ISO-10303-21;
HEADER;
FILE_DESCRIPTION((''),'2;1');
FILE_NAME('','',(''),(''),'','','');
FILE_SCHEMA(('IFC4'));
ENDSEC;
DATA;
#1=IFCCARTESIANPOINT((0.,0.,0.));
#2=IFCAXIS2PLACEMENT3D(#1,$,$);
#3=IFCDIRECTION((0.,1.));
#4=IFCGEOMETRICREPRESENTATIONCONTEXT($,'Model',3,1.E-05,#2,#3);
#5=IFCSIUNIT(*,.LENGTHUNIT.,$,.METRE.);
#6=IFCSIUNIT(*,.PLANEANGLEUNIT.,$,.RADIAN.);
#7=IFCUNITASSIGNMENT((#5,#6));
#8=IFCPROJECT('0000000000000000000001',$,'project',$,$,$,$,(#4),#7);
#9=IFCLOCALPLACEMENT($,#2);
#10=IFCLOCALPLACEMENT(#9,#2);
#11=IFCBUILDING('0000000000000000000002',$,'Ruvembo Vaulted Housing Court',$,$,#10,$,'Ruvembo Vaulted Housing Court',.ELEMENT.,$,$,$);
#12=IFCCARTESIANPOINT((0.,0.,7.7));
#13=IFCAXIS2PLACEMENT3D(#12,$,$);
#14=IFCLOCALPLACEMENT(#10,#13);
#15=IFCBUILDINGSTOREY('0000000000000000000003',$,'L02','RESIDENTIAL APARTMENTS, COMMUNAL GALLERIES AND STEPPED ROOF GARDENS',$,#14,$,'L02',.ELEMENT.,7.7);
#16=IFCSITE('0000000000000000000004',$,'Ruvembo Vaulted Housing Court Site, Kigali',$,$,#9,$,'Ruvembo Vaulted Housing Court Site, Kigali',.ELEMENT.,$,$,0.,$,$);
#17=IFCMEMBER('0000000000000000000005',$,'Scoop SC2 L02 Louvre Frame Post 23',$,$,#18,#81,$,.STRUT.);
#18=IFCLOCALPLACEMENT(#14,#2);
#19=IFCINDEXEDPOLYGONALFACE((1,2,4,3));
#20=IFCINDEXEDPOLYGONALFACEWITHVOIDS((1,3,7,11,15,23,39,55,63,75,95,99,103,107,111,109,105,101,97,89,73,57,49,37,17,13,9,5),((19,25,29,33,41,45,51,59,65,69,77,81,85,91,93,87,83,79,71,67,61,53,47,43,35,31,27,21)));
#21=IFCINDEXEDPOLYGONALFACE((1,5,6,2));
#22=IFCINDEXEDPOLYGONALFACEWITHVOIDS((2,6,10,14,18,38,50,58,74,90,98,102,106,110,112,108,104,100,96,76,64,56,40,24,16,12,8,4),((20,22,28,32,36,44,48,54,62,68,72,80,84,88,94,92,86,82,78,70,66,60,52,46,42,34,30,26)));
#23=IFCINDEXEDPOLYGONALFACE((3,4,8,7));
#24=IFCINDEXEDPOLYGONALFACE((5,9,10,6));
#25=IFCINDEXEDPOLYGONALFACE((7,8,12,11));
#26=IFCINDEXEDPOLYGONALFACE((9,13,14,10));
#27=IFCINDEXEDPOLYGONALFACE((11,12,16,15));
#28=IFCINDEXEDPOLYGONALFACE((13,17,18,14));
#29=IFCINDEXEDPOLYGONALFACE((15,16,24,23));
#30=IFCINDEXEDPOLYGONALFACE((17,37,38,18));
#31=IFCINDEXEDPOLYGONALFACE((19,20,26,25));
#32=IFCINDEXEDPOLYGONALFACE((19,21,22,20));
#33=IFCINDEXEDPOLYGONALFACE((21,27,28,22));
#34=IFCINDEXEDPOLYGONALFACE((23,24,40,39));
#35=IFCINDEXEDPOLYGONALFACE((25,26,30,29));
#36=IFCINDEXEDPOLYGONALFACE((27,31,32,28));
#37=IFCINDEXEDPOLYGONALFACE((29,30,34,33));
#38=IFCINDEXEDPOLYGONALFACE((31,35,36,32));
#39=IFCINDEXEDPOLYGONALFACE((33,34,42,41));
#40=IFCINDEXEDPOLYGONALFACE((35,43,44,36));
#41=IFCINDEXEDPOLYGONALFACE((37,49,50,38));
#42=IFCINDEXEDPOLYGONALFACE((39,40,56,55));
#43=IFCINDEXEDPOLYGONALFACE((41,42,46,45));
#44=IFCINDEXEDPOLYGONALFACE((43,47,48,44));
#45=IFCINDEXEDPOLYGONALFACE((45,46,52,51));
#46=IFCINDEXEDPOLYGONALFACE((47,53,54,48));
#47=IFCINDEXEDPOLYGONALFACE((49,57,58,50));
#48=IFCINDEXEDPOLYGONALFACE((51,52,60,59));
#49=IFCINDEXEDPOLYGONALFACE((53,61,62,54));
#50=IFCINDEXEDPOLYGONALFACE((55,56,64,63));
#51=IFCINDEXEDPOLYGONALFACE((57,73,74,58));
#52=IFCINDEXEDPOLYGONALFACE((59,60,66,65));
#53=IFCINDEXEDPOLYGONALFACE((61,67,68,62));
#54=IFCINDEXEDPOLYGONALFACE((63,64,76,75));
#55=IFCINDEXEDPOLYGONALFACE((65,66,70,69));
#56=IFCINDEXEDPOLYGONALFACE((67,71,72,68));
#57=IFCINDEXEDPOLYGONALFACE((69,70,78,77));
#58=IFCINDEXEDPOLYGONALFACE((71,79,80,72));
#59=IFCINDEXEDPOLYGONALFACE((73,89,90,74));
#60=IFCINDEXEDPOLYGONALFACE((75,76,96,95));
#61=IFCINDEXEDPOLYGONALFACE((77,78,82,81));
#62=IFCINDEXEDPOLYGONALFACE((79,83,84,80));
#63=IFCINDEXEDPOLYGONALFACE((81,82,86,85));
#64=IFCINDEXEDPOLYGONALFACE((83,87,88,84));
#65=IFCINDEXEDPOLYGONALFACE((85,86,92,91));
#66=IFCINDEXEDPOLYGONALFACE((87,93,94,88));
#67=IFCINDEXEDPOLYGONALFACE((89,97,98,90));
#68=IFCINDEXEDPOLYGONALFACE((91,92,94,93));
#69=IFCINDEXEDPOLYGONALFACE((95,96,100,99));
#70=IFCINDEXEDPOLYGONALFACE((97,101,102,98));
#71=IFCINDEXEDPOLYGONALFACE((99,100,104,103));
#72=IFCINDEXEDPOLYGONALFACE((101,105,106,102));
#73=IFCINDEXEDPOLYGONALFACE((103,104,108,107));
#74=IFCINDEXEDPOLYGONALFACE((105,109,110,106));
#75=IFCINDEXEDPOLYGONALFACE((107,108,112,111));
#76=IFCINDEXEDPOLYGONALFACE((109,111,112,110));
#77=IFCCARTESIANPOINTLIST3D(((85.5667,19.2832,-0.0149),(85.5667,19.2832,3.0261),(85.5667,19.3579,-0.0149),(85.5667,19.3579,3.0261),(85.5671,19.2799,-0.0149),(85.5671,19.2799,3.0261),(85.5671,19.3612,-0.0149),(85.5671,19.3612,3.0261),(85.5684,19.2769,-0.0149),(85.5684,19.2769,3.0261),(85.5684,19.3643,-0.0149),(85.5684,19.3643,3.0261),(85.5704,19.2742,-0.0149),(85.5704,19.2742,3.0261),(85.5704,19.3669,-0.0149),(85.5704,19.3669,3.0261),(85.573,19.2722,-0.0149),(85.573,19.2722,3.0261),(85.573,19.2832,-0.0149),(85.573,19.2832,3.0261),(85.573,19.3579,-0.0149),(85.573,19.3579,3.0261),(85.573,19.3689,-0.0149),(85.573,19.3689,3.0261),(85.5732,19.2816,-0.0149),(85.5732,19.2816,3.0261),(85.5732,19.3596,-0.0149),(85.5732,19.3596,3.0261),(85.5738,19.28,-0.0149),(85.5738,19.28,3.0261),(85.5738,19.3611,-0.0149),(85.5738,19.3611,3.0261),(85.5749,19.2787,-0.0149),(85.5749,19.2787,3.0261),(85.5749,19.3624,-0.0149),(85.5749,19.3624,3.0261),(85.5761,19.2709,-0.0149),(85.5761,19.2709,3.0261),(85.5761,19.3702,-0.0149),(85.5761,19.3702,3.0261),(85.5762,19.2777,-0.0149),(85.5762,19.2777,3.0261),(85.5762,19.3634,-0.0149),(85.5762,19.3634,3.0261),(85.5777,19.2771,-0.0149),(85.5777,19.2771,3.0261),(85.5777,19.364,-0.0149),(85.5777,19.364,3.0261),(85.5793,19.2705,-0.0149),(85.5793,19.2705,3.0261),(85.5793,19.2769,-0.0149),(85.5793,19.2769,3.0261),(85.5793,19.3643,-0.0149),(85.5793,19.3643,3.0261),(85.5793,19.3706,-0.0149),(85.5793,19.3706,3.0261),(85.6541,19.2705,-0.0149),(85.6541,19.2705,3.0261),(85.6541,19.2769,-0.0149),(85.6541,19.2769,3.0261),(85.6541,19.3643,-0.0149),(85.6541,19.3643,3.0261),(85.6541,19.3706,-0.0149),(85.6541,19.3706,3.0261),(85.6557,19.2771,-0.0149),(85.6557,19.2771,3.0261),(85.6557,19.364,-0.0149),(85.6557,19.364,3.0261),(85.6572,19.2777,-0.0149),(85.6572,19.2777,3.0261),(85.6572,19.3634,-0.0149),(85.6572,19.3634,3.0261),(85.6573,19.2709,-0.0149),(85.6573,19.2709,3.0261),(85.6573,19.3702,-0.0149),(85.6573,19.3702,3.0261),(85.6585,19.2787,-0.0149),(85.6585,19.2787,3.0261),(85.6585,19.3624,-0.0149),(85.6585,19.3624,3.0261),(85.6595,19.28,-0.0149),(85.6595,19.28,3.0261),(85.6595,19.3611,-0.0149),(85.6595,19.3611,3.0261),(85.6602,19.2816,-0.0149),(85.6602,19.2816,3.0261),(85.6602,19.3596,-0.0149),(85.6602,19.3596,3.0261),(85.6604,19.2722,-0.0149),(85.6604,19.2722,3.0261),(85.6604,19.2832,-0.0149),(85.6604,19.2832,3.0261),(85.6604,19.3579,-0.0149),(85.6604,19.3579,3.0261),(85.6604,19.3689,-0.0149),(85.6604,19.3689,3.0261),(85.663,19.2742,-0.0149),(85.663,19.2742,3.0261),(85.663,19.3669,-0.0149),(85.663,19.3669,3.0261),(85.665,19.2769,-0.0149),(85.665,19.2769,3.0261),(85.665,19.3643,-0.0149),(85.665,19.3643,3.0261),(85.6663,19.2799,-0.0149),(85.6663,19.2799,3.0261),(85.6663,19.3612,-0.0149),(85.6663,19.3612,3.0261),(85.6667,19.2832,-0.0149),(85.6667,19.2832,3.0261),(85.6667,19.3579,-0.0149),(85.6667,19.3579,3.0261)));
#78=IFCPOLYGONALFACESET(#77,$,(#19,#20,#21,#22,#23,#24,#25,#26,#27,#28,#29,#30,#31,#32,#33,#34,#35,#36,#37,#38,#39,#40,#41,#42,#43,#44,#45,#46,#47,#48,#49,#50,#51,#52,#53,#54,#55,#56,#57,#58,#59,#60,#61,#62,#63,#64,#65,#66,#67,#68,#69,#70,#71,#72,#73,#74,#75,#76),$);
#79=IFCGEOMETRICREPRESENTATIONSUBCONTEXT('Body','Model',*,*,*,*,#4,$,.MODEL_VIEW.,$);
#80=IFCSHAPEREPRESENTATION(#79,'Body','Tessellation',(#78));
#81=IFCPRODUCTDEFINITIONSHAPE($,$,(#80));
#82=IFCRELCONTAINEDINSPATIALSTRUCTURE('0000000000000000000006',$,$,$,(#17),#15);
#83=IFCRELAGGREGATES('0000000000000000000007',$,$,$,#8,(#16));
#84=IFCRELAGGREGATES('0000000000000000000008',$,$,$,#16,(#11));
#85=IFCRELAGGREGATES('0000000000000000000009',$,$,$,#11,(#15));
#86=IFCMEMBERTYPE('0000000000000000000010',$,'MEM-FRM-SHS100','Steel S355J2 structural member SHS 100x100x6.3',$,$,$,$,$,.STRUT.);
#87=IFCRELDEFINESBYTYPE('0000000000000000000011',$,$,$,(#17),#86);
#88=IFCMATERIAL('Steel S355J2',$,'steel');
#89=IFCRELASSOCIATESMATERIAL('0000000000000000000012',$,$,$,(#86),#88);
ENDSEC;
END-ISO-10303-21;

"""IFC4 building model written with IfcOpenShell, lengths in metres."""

from ifc_helpers import new_model, si_unit, direction, frame, origin, origin_2d, place, context, subcontext, project, spatial, hollow_rectangle, extrude, material, material_profile, profile_set, type_object, element, save


model = new_model("IFC4")

# Units and contexts
model_context = context("Model", 3, precision=1e-05, world=origin(), true_north=direction((0.0, 1.0)))
body_context = subcontext(model_context, "Body", "Model", "MODEL_VIEW")
ifc_project = project(units=[si_unit("LENGTHUNIT", "METRE"), si_unit("PLANEANGLEUNIT", "RADIAN")], contexts=[model_context])

# Site, building, storey
site_placement = place(None, origin())
site = spatial("IfcSite", under=ifc_project, at=site_placement, Name="Ruvembo Vaulted Housing Court Site, Kigali", LongName="Ruvembo Vaulted Housing Court Site, Kigali", CompositionType="ELEMENT", RefElevation=0.0)
building_placement = place(site_placement, origin())
building = spatial("IfcBuilding", under=site, at=building_placement, Name="Ruvembo Vaulted Housing Court", LongName="Ruvembo Vaulted Housing Court", CompositionType="ELEMENT")
storey_placement = place(building_placement, frame((0.0, 0.0, 7.7)))
storey = spatial("IfcBuildingStorey", under=building, at=storey_placement, Name="L02", Description="RESIDENTIAL APARTMENTS, COMMUNAL GALLERIES AND STEPPED ROOF GARDENS", LongName="L02", CompositionType="ELEMENT", Elevation=7.7)

# Shared definitions
ifc_material_1 = material(Name="Steel S355J2", Category="steel")

# Member
ifc_material_profile_1 = material_profile(ifc_material_1, hollow_rectangle(XDim=0.1001, YDim=0.1001, WallThickness=0.0063, InnerFilletRadius=0.0063, OuterFilletRadius=0.0127, at=origin_2d()), Name="SHS 100x100x6.3")
ifc_profile_set_1 = profile_set([ifc_material_profile_1], Name="Steel S355J2")
member_type_1 = type_object("IfcMemberType", Name="MEM-FRM-SHS100", Description="Steel S355J2 structural member SHS 100x100x6.3", PredefinedType="STRUT", material=ifc_profile_set_1)
for number, where, z_axis, x_axis, name in (
    (1, (85.6167, 19.3206, -0.0149), (0.0, 0.0, 1.0), (1.0, 0.0, 0.0), "Scoop SC2 L02 Louvre Frame Post 23"),
):
    element("IfcMember", number, at=place(storey_placement, frame(where, z_axis=z_axis, x_axis=x_axis)), inside=storey, type_object=member_type_1, Name=name, PredefinedType="STRUT", context=body_context, shape_type="SweptSolid", body=[
        extrude(hollow_rectangle(XDim=0.1001, YDim=0.1001, WallThickness=0.0063, InnerFilletRadius=0.0063, OuterFilletRadius=0.0127, at=origin_2d()), origin(), (0.0, 0.0, 1.0), 3.041),
    ])

save(model, "model.ifc")
